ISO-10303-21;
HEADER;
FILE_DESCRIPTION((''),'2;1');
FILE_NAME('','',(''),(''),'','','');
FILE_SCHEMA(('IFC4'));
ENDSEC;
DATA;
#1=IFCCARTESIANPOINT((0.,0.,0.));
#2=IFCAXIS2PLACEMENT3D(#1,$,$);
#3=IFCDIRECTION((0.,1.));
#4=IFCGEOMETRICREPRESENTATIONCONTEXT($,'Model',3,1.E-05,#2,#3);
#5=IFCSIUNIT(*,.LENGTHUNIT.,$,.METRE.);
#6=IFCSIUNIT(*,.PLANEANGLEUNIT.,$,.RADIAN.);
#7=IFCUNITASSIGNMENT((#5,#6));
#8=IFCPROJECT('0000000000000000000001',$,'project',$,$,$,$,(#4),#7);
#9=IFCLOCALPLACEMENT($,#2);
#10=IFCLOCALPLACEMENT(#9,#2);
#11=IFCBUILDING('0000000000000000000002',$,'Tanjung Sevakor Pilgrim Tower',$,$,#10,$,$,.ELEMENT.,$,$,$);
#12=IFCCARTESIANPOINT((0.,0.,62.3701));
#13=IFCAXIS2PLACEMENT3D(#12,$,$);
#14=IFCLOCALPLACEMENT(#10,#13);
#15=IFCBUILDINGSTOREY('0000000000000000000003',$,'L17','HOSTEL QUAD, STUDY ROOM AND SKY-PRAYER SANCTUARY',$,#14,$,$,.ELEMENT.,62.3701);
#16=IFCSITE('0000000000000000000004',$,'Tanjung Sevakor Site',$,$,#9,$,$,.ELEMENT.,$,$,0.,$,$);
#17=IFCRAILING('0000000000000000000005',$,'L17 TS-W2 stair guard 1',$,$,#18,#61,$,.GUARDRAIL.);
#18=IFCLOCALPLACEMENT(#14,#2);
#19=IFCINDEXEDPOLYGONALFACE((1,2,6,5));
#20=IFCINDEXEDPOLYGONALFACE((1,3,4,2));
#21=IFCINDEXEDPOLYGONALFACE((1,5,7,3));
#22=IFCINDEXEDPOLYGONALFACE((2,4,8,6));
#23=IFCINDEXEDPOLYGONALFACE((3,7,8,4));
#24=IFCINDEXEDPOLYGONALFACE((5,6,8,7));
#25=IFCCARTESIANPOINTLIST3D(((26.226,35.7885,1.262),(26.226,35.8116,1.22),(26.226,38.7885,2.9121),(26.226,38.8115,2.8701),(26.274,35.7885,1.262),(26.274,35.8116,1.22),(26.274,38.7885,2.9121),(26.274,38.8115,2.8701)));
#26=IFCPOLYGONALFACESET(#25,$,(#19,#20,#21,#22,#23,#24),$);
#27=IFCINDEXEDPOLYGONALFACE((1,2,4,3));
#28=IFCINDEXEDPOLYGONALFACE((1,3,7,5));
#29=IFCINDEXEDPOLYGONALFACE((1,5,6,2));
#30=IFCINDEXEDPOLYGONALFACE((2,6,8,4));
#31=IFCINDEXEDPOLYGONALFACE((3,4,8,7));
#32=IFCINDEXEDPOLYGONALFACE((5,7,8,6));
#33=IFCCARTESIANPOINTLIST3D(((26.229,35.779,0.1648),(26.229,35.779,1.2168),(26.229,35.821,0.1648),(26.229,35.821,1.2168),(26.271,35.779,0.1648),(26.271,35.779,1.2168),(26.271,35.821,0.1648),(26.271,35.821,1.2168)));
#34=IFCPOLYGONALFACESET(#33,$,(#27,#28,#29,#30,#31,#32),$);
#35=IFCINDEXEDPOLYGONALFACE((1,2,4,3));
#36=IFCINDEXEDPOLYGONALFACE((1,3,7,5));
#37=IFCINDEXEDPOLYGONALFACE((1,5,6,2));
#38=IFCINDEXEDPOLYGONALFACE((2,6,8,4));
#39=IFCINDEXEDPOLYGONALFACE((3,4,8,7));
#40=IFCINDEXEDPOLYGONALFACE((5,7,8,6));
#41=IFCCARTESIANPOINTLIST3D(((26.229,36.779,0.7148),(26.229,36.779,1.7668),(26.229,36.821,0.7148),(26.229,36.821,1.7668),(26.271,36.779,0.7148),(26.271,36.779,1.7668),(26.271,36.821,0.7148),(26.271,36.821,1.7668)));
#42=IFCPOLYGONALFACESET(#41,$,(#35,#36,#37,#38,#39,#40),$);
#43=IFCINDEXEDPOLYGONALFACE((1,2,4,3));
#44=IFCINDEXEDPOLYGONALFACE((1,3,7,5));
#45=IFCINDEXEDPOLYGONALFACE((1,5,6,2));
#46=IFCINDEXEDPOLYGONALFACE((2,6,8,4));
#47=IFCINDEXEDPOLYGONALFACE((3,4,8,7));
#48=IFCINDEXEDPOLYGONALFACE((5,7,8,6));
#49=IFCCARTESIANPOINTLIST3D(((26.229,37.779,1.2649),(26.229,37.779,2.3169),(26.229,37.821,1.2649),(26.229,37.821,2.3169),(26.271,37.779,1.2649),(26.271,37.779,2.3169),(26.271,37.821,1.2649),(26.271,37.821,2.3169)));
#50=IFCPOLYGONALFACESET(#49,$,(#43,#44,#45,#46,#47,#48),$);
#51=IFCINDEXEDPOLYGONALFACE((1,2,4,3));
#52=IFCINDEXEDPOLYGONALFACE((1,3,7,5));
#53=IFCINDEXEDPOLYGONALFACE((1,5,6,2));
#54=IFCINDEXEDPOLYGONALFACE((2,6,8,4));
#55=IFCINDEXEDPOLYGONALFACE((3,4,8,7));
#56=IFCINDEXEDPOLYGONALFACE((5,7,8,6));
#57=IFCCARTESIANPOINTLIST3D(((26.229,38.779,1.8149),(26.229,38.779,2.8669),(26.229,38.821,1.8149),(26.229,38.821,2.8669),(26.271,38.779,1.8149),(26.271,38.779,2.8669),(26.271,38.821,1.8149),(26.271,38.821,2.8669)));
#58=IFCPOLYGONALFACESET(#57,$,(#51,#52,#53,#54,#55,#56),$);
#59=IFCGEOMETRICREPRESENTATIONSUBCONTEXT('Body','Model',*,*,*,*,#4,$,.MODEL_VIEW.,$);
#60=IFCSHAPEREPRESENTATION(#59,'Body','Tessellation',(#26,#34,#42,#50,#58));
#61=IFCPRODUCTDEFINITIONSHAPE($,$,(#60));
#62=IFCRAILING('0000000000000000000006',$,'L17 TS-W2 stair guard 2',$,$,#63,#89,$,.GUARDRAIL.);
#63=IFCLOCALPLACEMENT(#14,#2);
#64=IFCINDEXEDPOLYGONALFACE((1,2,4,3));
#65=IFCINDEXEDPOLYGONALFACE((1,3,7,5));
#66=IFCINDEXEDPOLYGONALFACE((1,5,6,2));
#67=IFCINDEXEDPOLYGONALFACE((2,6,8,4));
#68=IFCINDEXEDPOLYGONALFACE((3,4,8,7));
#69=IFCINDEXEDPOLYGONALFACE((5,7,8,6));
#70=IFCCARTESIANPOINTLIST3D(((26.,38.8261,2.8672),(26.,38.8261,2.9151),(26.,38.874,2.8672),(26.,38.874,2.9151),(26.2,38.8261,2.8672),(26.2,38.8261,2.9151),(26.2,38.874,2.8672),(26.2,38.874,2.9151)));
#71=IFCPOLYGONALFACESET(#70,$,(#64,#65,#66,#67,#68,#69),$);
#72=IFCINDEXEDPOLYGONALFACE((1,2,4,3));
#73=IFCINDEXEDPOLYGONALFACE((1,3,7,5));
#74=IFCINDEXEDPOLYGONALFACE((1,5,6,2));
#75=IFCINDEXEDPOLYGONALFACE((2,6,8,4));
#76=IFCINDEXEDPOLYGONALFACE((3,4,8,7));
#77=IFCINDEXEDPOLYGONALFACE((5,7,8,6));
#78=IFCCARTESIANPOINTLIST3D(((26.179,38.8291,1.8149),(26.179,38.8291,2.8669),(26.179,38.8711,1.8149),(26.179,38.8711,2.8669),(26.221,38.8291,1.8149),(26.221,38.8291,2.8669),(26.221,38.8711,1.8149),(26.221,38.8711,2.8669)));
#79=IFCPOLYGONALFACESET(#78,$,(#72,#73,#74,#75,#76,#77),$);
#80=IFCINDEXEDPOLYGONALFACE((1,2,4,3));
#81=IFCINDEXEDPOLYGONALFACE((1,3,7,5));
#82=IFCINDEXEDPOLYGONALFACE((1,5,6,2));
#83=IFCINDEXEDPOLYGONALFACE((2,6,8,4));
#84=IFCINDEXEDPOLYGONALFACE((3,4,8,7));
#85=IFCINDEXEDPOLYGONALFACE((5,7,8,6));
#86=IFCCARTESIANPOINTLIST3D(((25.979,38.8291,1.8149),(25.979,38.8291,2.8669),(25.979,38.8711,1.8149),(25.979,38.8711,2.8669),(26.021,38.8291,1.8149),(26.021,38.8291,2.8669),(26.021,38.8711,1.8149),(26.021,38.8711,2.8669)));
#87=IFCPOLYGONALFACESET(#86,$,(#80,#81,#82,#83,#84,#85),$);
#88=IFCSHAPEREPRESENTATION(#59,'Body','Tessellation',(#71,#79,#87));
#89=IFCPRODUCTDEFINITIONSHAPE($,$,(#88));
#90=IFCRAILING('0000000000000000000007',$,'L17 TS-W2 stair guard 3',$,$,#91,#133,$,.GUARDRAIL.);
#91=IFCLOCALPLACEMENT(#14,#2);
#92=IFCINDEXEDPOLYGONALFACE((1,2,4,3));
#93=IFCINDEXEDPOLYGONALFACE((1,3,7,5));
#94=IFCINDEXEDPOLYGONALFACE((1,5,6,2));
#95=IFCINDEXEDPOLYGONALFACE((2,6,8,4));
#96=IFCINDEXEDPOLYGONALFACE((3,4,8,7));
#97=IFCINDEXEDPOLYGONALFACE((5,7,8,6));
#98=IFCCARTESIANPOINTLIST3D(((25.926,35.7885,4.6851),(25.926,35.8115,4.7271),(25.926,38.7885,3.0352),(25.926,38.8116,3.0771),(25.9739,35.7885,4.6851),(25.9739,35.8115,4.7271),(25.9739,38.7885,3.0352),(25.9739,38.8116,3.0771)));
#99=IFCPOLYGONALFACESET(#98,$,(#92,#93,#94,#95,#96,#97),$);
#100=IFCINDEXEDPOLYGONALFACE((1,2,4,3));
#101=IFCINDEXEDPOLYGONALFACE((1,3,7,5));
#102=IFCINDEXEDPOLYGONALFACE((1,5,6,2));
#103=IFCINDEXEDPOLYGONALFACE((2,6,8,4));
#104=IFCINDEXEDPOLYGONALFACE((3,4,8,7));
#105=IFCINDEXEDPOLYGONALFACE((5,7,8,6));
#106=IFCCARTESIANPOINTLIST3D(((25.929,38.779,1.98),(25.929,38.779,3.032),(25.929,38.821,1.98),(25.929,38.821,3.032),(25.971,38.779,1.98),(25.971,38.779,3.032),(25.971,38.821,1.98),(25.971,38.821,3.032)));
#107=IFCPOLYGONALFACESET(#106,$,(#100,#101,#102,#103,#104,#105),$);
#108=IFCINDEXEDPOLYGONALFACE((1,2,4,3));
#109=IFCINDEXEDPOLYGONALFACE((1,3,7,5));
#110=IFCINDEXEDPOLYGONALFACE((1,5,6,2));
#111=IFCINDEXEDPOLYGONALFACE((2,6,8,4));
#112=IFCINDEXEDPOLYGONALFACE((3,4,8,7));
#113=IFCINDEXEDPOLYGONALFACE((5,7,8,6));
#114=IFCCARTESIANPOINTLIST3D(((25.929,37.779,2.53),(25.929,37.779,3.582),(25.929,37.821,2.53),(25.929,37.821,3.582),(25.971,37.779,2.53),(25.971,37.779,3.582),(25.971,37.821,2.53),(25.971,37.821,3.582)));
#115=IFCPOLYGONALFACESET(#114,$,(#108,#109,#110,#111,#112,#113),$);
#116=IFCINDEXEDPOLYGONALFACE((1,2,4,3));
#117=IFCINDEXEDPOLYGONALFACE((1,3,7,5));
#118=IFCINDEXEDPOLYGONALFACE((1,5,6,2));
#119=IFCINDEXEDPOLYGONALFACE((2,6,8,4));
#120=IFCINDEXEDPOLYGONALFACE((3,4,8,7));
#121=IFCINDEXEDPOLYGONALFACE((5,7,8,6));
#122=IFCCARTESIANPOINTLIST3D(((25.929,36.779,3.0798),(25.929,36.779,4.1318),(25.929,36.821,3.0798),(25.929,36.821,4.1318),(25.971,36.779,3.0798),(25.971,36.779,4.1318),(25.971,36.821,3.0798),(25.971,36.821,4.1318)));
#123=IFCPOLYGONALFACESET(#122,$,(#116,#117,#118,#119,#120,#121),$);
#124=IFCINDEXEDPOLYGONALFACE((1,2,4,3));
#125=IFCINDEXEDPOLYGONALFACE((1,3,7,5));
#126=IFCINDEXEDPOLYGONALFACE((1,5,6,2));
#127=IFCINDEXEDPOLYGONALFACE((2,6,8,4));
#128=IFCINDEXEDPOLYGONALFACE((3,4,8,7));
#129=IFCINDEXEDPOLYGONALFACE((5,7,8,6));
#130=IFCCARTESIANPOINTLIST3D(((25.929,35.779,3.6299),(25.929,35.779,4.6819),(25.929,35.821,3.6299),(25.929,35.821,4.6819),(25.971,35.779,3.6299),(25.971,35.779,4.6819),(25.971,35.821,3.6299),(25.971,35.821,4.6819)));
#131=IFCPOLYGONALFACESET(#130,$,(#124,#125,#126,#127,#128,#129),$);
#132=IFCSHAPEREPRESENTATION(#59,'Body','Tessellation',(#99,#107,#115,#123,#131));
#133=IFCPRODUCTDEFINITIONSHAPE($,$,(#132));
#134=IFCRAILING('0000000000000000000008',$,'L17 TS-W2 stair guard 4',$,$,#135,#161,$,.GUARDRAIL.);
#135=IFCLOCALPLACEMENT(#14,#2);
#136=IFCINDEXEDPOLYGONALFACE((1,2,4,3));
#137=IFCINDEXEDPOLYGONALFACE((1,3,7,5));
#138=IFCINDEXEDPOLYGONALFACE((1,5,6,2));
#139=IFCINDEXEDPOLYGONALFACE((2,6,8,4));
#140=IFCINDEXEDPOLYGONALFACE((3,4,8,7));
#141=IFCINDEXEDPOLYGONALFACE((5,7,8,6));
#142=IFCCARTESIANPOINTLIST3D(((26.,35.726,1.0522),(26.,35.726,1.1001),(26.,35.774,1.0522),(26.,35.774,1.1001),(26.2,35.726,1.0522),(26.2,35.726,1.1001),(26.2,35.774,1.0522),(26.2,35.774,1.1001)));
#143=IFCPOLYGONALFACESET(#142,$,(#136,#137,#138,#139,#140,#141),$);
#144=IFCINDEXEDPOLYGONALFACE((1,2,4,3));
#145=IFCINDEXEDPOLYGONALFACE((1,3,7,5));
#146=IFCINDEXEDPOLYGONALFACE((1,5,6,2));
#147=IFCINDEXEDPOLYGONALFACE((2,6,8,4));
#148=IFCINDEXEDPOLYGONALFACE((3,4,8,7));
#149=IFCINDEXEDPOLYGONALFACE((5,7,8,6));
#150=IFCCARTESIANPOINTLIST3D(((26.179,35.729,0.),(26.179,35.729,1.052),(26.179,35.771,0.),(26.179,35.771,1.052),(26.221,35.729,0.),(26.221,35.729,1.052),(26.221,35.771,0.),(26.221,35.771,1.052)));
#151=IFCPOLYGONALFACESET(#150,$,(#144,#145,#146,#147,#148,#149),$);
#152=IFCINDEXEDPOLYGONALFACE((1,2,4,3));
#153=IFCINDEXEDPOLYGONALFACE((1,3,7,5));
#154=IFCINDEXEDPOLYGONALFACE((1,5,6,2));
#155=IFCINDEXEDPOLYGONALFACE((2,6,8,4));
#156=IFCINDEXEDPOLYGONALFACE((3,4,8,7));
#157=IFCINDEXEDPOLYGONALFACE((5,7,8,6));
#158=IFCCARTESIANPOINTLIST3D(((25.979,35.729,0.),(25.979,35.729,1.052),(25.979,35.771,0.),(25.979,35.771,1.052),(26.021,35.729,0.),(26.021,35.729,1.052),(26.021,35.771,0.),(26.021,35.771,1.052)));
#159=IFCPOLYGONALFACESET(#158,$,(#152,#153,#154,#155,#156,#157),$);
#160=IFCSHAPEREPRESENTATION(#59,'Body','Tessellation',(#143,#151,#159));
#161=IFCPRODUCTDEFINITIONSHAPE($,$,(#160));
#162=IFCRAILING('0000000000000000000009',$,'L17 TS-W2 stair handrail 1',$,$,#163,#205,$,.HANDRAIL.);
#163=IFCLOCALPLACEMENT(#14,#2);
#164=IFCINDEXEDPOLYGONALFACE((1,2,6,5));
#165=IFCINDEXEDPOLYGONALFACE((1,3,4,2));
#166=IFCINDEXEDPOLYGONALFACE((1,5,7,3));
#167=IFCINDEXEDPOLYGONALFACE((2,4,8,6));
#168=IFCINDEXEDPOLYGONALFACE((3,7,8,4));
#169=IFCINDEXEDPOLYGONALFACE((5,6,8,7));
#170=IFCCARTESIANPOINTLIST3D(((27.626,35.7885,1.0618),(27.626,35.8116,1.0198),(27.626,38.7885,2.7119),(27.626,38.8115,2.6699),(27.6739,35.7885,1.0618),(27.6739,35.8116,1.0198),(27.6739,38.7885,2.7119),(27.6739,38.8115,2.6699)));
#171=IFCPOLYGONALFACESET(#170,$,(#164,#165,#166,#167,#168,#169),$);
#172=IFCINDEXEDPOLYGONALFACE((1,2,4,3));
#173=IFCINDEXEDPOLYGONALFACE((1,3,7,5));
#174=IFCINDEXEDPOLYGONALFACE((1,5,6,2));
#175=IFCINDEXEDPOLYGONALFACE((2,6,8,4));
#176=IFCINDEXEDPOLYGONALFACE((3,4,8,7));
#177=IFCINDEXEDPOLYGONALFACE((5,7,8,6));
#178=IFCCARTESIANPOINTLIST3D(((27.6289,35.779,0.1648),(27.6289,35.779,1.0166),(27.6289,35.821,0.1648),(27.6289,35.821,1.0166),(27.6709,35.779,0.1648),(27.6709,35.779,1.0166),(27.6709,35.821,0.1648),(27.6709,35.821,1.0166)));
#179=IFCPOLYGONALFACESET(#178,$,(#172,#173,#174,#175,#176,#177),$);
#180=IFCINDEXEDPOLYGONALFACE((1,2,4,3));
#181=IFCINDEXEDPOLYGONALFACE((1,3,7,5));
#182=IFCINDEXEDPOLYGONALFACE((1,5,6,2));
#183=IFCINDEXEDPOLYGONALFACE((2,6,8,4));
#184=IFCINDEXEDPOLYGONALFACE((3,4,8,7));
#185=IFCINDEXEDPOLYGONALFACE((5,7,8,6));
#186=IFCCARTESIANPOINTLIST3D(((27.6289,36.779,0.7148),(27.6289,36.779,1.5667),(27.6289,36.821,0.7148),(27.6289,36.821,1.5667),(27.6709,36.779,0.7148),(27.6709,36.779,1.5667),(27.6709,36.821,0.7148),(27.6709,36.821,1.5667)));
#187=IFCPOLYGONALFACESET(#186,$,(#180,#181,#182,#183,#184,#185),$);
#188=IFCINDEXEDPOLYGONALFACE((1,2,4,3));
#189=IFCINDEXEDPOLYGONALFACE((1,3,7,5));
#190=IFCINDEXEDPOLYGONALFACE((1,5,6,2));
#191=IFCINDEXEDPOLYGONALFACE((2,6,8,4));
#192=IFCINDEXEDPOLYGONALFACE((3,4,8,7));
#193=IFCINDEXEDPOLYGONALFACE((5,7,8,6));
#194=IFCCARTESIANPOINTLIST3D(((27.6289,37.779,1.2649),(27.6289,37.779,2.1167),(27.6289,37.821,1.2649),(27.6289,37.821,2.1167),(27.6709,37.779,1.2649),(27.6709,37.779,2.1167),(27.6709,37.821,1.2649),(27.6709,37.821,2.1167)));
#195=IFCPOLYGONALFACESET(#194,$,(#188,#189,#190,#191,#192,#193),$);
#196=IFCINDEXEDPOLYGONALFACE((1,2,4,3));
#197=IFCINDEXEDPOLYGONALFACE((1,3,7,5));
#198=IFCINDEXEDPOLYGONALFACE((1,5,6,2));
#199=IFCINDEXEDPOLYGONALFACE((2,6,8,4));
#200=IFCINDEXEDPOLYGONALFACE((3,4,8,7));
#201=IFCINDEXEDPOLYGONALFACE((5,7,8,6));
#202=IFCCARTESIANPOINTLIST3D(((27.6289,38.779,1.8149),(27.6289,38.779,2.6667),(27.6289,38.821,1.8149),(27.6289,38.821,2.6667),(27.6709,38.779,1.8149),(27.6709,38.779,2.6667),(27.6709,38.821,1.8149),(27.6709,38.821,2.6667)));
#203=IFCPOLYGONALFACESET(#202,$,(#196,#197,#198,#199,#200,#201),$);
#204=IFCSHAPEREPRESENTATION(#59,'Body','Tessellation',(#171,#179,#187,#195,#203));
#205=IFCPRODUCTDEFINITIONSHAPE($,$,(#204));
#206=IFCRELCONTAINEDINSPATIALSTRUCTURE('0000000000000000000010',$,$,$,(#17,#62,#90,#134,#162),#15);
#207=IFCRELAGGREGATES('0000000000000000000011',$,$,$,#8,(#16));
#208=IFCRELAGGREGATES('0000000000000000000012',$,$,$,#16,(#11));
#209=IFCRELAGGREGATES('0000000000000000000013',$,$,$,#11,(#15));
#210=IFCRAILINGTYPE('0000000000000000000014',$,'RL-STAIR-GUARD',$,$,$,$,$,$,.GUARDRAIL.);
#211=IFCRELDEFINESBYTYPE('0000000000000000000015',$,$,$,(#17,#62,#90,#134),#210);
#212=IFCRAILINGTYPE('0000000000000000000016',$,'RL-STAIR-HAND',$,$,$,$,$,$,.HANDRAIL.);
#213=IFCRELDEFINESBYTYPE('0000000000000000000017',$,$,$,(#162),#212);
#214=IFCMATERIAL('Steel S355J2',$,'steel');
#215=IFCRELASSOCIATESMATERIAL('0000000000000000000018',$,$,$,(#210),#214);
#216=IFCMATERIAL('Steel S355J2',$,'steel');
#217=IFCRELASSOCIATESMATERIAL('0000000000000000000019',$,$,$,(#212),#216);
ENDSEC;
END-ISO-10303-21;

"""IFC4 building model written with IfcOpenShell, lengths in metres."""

from ifc_helpers import new_model, si_unit, direction, frame, origin, place, context, subcontext, project, spatial, rectangle, extrude, material, type_object, element, save


model = new_model("IFC4")

# Units and contexts
model_context = context("Model", 3, precision=1e-05, world=origin(), true_north=direction((0.0, 1.0)))
body_context = subcontext(model_context, "Body", "Model", "MODEL_VIEW")
ifc_project = project(units=[si_unit("LENGTHUNIT", "METRE"), si_unit("PLANEANGLEUNIT", "RADIAN")], contexts=[model_context])

# Site, building, storey
site_placement = place(None, origin())
site = spatial("IfcSite", under=ifc_project, at=site_placement, Name="Tanjung Sevakor Site", CompositionType="ELEMENT", RefElevation=0.0)
building_placement = place(site_placement, origin())
building = spatial("IfcBuilding", under=site, at=building_placement, Name="Tanjung Sevakor Pilgrim Tower", CompositionType="ELEMENT")
storey_placement = place(building_placement, frame((0.0, 0.0, 62.3701)))
storey = spatial("IfcBuildingStorey", under=building, at=storey_placement, Name="L17", Description="HOSTEL QUAD, STUDY ROOM AND SKY-PRAYER SANCTUARY", CompositionType="ELEMENT", Elevation=62.3701)

# Railings
ifc_material_1 = material(Name="Steel S355J2", Category="steel")
railing_type_1 = type_object("IfcRailingType", Name="RL-STAIR-GUARD", PredefinedType="GUARDRAIL", material=ifc_material_1)
railing_1_placement = place(storey_placement, frame((26.25, 35.8, 0.1648)))
element("IfcRailing", 1, at=railing_1_placement, inside=storey, type_object=railing_type_1, Name="L17 TS-W2 stair guard 1", PredefinedType="GUARDRAIL", context=body_context, shape_type="SweptSolid", body=[
    extrude(rectangle(XDim=0.0479, YDim=0.0479), frame((0.0, 0.0, 1.0762), z_axis=(0.0, 0.876198, 0.481952), x_axis=(-1.0, 0.0, 0.0)), (0.0, 0.0, 1.0), 3.4238),
    extrude(rectangle(XDim=0.042, YDim=0.042), origin(), (0.0, 0.0, 1.0), 1.052),
    extrude(rectangle(XDim=0.042, YDim=0.042), frame((0.0, 1.0, 0.55)), (0.0, 0.0, 1.0), 1.052),
    extrude(rectangle(XDim=0.042, YDim=0.042), frame((0.0, 2.0, 1.1001)), (0.0, 0.0, 1.0), 1.052),
    extrude(rectangle(XDim=0.042, YDim=0.042), frame((0.0, 3.0, 1.6501)), (0.0, 0.0, 1.0), 1.052),
])
railing_2_placement = place(storey_placement, frame((26.2, 38.8501, 1.8149)))
element("IfcRailing", 2, at=railing_2_placement, inside=storey, type_object=railing_type_1, Name="L17 TS-W2 stair guard 2", PredefinedType="GUARDRAIL", context=body_context, shape_type="SweptSolid", body=[
    extrude(rectangle(XDim=0.0479, YDim=0.0479), frame((0.0, 0.0, 1.0762), z_axis=(-1.0, 0.0, 0.0), x_axis=(0.0, -1.0, 0.0)), (0.0, 0.0, 1.0), 0.2),
    extrude(rectangle(XDim=0.042, YDim=0.042), origin(), (0.0, 0.0, 1.0), 1.052),
    extrude(rectangle(XDim=0.042, YDim=0.042), frame((-0.2, 0.0, 0.0)), (0.0, 0.0, 1.0), 1.052),
])
railing_3_placement = place(storey_placement, frame((25.95, 38.8, 1.98)))
element("IfcRailing", 3, at=railing_3_placement, inside=storey, type_object=railing_type_1, Name="L17 TS-W2 stair guard 3", PredefinedType="GUARDRAIL", context=body_context, shape_type="SweptSolid", body=[
    extrude(rectangle(XDim=0.0479, YDim=0.0479), frame((0.0, 0.0, 1.0762), z_axis=(0.0, -0.876228, 0.481897), x_axis=(1.0, 0.0, 0.0)), (0.0, 0.0, 1.0), 3.4238),
    extrude(rectangle(XDim=0.042, YDim=0.042), origin(), (0.0, 0.0, 1.0), 1.052),
    extrude(rectangle(XDim=0.042, YDim=0.042), frame((0.0, -1.0, 0.55)), (0.0, 0.0, 1.0), 1.052),
    extrude(rectangle(XDim=0.042, YDim=0.042), frame((0.0, -2.0, 1.0999)), (0.0, 0.0, 1.0), 1.052),
    extrude(rectangle(XDim=0.042, YDim=0.042), frame((0.0, -3.0, 1.6499)), (0.0, 0.0, 1.0), 1.052),
])
railing_4_placement = place(storey_placement, frame((26.2, 35.75, 0.0)))
element("IfcRailing", 4, at=railing_4_placement, inside=storey, type_object=railing_type_1, Name="L17 TS-W2 stair guard 4", PredefinedType="GUARDRAIL", context=body_context, shape_type="SweptSolid", body=[
    extrude(rectangle(XDim=0.0479, YDim=0.0479), frame((0.0, 0.0, 1.0762), z_axis=(-1.0, 0.0, 0.0), x_axis=(0.0, -1.0, 0.0)), (0.0, 0.0, 1.0), 0.2),
    extrude(rectangle(XDim=0.042, YDim=0.042), origin(), (0.0, 0.0, 1.0), 1.052),
    extrude(rectangle(XDim=0.042, YDim=0.042), frame((-0.2, 0.0, 0.0)), (0.0, 0.0, 1.0), 1.052),
])
ifc_material_2 = material(Name="Steel S355J2", Category="steel")
railing_type_2 = type_object("IfcRailingType", Name="RL-STAIR-HAND", PredefinedType="HANDRAIL", material=ifc_material_2)
railing_5_placement = place(storey_placement, frame((27.6499, 35.8, 0.1648)))
element("IfcRailing", 5, at=railing_5_placement, inside=storey, type_object=railing_type_2, Name="L17 TS-W2 stair handrail 1", PredefinedType="HANDRAIL", context=body_context, shape_type="SweptSolid", body=[
    extrude(rectangle(XDim=0.0479, YDim=0.0479), frame((0.0, 0.0, 0.876), z_axis=(0.0, 0.876198, 0.481952), x_axis=(-1.0, 0.0, 0.0)), (0.0, 0.0, 1.0), 3.4238),
    extrude(rectangle(XDim=0.042, YDim=0.042), origin(), (0.0, 0.0, 1.0), 0.8518),
    extrude(rectangle(XDim=0.042, YDim=0.042), frame((0.0, 1.0, 0.55)), (0.0, 0.0, 1.0), 0.8518),
    extrude(rectangle(XDim=0.042, YDim=0.042), frame((0.0, 2.0, 1.1001)), (0.0, 0.0, 1.0), 0.8518),
    extrude(rectangle(XDim=0.042, YDim=0.042), frame((0.0, 3.0, 1.6501)), (0.0, 0.0, 1.0), 0.8518),
])

save(model, "model.ifc")
